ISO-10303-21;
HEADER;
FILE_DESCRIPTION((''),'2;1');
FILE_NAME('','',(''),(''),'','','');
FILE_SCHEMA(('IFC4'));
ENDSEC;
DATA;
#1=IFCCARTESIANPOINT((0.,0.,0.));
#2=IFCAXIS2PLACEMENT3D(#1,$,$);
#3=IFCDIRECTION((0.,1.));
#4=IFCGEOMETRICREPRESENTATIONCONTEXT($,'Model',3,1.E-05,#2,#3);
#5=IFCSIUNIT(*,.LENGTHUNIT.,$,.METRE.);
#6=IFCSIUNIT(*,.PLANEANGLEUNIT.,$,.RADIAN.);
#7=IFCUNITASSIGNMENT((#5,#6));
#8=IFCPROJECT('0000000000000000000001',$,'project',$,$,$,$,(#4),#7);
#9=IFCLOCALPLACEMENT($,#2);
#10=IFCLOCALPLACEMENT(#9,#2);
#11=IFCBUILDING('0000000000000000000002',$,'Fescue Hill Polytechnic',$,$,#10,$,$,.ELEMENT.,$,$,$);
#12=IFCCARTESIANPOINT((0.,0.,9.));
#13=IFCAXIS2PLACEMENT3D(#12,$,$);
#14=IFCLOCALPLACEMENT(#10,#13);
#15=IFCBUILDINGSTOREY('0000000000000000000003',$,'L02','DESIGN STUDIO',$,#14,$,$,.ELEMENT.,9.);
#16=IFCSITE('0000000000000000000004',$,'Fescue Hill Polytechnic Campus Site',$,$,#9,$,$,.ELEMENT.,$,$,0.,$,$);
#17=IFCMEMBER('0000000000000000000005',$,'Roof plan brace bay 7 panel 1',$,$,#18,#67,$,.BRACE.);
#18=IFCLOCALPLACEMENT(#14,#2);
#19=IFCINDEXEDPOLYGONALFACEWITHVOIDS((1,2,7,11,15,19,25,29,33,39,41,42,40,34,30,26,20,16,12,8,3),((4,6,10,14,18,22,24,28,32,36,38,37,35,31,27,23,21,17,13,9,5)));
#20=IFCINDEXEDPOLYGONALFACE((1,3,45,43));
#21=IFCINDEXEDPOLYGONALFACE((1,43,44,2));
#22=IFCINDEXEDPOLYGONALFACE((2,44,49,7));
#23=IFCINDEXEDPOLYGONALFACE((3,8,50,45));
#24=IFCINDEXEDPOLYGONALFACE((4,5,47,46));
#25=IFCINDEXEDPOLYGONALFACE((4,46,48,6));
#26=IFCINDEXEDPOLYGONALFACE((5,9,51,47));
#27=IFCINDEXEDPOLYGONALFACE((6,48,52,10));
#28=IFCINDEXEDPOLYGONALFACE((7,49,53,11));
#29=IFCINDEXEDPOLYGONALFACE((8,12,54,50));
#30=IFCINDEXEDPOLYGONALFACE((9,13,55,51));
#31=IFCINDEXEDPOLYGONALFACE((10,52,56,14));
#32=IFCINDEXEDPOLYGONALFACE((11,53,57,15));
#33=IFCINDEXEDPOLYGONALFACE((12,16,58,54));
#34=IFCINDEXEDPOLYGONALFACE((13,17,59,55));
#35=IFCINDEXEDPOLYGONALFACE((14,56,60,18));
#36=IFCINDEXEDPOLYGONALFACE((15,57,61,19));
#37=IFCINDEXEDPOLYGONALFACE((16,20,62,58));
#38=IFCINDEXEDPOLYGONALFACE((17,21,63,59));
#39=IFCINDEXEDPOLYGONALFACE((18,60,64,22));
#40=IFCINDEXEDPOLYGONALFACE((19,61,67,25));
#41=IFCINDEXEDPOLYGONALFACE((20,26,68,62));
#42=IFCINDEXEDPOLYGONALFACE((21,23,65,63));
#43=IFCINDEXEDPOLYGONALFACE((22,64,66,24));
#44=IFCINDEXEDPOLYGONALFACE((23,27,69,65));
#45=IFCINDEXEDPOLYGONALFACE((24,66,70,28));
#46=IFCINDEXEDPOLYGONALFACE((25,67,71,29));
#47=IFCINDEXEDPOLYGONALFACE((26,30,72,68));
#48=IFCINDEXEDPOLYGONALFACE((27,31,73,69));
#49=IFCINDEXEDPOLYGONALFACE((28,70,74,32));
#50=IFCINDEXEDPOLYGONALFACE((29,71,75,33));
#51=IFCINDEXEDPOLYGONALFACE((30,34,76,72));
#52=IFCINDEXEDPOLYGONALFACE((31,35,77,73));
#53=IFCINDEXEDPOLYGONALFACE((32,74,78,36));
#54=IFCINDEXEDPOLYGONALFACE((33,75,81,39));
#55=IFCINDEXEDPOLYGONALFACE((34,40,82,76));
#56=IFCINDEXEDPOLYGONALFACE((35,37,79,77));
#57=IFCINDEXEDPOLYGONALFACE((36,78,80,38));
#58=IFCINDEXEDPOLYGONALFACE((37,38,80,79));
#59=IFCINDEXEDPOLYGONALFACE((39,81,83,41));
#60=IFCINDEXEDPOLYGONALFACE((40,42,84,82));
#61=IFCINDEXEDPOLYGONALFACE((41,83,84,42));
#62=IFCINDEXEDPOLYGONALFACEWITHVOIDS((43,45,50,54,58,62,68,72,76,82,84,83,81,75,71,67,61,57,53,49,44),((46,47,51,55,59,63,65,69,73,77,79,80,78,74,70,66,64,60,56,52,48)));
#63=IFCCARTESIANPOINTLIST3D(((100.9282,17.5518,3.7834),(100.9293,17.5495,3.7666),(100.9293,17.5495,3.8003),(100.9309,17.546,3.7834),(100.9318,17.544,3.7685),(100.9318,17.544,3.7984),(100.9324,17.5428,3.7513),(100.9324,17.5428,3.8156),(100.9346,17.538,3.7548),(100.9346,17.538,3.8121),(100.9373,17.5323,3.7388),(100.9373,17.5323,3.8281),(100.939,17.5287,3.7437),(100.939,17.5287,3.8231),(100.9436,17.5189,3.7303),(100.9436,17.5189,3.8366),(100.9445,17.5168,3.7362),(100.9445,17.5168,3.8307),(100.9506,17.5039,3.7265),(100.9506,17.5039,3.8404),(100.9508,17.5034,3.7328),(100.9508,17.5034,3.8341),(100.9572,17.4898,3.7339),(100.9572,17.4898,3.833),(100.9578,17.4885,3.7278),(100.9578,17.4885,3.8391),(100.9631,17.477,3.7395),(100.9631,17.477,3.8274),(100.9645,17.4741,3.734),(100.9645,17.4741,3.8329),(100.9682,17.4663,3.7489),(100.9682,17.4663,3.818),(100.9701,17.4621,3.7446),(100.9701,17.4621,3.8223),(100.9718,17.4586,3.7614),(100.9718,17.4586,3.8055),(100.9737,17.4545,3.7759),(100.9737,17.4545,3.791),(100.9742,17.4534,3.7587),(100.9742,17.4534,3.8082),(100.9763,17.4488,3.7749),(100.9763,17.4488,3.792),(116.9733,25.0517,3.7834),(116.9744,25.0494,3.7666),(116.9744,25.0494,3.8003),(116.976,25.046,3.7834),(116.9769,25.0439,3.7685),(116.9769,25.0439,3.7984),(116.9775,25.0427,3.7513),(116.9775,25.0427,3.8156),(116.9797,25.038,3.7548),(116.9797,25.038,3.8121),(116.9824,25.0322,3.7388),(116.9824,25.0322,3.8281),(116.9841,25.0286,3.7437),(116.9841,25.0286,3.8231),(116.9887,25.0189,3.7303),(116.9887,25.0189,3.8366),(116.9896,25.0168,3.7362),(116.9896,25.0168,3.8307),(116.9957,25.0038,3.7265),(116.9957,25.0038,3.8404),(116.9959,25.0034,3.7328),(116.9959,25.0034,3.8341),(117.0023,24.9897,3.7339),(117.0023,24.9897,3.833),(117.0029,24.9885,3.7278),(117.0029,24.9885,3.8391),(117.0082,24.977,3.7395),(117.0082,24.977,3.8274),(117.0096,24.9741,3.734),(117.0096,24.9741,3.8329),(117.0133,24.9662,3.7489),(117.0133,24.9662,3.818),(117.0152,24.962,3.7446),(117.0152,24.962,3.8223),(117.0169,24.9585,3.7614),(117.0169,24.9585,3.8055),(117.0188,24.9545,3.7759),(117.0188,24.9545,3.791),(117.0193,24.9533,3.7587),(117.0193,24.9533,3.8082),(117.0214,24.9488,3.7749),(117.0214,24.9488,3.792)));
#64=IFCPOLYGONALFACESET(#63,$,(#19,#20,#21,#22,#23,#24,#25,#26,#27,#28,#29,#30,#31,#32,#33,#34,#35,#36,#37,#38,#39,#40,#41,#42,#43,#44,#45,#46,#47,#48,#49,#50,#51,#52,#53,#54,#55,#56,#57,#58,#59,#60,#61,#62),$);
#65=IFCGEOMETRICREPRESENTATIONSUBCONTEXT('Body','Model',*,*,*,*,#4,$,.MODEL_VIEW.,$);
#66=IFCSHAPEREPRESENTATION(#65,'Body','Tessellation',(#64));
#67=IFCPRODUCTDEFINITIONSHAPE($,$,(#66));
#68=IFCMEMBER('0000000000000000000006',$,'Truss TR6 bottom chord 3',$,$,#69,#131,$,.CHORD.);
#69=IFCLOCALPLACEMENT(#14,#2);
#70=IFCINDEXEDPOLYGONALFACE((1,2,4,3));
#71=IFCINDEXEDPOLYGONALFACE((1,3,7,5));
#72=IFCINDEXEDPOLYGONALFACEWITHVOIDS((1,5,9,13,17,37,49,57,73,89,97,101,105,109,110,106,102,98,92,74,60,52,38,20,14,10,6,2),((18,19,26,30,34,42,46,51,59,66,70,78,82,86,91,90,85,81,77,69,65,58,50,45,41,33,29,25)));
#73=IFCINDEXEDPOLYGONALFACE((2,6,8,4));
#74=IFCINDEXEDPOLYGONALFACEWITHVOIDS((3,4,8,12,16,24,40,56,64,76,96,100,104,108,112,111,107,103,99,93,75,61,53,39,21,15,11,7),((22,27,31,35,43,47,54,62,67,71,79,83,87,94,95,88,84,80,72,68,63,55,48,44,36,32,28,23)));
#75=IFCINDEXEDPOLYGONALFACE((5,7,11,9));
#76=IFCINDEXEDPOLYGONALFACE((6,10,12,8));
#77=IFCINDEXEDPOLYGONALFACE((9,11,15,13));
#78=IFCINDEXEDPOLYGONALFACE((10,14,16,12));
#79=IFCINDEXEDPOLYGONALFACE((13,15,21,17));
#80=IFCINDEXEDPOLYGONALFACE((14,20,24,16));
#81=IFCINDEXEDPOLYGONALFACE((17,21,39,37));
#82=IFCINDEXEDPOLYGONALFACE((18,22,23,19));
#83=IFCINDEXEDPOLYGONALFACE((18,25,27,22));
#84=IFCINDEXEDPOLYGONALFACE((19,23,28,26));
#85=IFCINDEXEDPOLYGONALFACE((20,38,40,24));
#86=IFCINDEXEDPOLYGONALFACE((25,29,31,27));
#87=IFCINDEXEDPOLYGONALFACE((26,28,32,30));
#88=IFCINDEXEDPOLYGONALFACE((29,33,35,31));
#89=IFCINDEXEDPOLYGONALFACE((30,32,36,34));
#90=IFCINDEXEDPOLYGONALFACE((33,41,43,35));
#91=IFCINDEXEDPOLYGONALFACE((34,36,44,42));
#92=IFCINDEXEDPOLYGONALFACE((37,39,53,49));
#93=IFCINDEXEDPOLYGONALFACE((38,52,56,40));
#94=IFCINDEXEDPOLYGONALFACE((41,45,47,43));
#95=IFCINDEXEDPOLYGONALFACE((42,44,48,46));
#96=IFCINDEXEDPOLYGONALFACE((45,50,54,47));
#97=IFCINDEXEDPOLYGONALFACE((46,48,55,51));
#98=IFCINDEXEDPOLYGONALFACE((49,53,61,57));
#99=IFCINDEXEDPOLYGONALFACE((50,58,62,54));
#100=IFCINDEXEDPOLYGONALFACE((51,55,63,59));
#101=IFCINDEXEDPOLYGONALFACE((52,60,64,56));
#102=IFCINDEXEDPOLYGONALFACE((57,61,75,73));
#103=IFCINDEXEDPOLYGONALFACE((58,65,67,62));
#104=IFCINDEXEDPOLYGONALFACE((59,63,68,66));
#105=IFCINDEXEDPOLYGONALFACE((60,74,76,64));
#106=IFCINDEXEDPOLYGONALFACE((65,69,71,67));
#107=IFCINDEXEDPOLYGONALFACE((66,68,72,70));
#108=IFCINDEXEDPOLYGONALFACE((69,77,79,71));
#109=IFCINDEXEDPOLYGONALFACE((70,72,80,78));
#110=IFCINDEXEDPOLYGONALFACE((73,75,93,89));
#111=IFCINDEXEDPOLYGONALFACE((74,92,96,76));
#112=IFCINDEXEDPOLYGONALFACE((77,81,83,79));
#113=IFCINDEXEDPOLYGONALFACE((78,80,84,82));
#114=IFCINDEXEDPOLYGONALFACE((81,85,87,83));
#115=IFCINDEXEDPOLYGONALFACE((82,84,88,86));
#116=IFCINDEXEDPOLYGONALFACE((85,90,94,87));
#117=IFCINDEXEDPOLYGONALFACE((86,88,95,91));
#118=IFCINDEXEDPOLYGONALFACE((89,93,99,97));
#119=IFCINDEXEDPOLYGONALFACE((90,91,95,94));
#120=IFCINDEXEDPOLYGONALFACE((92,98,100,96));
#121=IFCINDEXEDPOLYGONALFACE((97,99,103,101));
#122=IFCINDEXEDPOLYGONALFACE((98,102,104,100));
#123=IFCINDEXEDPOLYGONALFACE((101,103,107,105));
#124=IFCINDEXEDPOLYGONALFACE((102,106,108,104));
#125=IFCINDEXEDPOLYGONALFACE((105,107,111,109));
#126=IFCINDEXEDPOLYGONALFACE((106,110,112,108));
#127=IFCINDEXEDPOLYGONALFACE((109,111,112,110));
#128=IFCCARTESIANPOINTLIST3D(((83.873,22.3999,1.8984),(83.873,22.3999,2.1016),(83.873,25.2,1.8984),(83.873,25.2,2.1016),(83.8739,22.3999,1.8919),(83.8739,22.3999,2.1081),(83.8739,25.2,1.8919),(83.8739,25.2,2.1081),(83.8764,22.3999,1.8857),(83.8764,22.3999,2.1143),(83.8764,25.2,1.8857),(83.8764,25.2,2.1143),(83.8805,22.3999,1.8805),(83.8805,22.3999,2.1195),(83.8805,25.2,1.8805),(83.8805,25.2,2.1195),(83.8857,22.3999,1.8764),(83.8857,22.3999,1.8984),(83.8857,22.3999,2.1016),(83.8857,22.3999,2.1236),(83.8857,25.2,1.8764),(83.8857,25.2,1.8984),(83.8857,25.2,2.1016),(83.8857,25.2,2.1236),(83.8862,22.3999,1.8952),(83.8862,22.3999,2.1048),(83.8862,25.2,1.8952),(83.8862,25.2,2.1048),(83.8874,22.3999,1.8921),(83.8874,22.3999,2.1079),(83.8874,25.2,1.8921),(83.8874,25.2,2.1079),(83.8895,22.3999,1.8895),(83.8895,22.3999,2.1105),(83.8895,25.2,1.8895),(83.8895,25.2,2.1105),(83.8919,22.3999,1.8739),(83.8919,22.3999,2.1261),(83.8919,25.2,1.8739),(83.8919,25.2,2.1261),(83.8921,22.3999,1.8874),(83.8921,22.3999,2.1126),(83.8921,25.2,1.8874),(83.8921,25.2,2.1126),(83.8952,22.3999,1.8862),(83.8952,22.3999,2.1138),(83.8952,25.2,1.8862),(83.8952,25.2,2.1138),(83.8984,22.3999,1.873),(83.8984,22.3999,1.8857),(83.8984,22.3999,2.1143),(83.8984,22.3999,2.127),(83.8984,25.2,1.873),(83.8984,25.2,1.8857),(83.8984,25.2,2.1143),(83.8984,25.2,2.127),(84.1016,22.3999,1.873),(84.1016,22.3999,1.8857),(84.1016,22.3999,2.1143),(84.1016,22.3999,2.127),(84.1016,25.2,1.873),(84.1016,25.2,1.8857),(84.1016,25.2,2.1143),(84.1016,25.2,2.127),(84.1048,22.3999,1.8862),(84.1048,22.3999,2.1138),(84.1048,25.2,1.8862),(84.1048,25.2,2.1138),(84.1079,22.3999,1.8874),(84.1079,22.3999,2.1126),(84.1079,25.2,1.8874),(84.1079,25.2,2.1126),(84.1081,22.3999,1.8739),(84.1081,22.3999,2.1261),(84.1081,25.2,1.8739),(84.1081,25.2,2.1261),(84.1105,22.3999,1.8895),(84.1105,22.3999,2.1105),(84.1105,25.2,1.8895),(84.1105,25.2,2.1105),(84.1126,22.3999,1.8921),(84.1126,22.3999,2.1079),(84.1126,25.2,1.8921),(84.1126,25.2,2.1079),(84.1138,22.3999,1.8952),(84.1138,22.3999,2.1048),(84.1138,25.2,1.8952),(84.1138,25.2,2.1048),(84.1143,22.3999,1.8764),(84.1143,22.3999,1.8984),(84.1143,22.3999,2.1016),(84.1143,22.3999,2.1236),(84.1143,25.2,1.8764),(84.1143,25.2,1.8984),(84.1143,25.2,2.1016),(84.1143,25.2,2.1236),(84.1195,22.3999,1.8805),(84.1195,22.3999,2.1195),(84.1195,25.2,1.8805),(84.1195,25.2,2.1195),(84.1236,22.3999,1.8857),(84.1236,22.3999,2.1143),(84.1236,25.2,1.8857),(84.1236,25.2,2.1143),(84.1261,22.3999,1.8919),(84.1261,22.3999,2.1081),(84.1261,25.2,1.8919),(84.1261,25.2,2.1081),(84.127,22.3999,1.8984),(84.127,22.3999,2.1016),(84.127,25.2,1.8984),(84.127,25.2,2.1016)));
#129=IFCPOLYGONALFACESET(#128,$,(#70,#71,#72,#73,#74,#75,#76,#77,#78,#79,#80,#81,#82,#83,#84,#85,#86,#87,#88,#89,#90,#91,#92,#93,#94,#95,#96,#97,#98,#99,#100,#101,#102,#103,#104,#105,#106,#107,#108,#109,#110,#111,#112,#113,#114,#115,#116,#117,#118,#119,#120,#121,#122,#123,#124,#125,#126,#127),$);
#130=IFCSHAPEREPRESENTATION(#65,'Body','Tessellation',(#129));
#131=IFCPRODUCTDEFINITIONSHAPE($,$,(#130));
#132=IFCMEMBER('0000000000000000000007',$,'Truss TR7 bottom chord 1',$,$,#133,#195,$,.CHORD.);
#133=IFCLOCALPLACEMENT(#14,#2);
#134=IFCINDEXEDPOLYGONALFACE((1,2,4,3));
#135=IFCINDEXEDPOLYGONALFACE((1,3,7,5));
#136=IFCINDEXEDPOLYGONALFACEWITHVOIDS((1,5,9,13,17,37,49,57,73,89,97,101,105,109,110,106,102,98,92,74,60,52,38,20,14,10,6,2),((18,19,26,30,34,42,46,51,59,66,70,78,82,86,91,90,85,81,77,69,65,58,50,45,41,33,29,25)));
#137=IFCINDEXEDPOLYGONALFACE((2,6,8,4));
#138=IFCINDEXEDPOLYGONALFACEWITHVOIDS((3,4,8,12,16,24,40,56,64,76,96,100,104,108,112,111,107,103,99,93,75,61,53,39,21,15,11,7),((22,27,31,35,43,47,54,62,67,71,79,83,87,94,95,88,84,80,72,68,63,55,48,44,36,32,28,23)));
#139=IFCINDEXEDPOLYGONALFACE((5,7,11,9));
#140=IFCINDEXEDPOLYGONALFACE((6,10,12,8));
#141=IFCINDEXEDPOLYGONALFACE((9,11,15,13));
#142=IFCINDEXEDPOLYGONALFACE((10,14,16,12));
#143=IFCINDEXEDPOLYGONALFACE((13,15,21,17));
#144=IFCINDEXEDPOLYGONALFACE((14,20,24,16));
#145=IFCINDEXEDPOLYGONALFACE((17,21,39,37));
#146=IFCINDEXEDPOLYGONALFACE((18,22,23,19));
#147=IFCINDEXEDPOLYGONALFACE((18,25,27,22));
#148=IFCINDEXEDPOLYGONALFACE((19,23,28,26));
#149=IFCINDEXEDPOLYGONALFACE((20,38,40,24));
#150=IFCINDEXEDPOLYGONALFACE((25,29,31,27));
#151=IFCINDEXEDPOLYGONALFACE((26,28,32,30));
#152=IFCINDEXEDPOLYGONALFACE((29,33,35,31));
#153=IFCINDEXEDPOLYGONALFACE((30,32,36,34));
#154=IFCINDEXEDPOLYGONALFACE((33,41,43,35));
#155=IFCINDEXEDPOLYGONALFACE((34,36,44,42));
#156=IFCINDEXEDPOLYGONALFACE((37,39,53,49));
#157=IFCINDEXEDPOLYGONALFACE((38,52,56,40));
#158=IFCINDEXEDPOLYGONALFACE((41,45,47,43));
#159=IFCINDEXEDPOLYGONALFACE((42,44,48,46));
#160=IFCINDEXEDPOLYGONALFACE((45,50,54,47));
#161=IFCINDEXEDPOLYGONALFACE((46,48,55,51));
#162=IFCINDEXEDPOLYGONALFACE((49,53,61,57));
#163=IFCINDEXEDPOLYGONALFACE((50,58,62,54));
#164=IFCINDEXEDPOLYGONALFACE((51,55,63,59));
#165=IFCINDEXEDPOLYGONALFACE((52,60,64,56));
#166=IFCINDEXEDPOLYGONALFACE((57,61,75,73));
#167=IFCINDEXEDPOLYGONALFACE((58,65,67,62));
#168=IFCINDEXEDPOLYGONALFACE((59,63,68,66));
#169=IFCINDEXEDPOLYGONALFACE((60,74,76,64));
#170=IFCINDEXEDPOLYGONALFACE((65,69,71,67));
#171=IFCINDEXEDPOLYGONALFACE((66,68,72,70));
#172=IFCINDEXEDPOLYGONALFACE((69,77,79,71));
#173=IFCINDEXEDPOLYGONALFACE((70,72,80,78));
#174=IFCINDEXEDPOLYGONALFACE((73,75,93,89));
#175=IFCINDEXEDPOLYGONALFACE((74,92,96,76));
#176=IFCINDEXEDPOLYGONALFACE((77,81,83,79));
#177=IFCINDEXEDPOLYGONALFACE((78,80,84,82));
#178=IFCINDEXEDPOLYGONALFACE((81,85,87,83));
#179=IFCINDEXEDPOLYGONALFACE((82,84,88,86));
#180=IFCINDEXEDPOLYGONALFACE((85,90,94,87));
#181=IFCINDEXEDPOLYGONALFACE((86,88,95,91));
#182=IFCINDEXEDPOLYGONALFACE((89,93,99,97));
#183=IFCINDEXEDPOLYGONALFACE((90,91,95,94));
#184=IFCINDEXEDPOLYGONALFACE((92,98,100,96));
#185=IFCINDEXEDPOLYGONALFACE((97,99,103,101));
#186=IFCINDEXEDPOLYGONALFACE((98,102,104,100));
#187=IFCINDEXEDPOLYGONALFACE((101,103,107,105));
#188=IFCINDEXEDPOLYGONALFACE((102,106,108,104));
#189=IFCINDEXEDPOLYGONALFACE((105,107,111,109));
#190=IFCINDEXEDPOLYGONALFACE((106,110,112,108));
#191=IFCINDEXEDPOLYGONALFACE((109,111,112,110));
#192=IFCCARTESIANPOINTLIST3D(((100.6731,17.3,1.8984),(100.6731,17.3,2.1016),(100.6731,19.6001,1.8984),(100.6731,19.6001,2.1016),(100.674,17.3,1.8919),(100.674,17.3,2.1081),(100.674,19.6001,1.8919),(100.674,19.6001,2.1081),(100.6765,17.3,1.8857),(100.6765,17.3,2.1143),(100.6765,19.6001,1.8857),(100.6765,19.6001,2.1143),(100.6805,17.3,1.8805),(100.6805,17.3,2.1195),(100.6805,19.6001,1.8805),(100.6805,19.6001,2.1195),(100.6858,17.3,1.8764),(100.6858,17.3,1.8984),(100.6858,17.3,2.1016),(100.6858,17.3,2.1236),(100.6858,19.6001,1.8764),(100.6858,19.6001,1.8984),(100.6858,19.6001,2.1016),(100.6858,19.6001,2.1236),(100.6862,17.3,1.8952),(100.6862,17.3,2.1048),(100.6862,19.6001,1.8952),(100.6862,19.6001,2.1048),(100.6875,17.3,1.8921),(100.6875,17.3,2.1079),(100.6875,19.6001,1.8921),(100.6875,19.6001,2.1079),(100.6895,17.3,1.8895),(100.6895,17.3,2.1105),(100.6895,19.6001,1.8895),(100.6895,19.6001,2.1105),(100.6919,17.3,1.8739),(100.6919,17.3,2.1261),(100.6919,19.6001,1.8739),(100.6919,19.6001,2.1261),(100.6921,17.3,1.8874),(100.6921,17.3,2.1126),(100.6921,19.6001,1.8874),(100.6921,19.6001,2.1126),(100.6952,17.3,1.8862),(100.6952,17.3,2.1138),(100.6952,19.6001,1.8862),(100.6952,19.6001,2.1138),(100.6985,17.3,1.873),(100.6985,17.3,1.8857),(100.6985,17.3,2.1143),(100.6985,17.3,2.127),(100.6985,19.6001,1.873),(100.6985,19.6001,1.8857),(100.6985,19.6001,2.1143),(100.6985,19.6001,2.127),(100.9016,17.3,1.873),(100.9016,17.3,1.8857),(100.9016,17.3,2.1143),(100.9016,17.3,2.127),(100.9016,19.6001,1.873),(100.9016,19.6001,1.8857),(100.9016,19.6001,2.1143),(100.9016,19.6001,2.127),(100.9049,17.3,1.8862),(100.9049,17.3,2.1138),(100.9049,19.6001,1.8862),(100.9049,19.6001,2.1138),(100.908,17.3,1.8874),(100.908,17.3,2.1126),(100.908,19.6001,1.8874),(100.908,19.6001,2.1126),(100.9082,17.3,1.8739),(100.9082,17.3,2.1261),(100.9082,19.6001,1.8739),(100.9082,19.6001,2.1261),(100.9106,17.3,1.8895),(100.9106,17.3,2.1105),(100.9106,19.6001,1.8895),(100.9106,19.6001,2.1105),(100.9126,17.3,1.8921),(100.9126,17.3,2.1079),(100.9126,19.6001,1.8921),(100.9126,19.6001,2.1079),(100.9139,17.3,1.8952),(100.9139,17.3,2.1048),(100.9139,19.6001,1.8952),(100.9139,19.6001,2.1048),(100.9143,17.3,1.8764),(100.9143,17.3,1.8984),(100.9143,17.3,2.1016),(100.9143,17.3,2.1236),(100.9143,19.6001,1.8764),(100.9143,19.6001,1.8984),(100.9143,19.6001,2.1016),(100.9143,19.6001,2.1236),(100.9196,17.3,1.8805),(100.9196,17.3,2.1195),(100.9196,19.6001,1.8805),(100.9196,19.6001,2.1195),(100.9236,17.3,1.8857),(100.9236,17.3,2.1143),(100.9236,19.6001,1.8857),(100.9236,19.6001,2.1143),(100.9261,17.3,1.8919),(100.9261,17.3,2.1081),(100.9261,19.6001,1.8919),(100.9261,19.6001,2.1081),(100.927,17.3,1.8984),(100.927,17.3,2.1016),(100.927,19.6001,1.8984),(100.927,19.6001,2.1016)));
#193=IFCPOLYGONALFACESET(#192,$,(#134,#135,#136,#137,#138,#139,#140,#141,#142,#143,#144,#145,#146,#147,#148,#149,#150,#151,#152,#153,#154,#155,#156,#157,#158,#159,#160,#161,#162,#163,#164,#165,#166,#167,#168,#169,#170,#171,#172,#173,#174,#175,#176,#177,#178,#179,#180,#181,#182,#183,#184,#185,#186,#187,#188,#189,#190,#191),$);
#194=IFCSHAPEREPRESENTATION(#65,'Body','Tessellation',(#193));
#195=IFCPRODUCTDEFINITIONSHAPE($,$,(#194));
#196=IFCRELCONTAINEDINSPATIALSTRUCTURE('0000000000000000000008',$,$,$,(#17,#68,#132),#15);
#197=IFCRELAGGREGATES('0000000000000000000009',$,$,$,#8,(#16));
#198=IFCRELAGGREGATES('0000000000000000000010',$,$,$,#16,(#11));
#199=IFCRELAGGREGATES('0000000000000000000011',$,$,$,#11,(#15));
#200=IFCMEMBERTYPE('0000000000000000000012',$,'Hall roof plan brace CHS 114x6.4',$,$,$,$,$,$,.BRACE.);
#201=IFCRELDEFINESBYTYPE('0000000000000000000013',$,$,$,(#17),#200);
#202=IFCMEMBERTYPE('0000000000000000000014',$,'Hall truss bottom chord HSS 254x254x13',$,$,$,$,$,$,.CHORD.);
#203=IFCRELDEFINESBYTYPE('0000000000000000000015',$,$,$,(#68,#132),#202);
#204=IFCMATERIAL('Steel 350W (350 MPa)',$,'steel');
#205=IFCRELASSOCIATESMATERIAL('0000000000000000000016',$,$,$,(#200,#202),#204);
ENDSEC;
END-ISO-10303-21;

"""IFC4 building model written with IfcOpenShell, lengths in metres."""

from ifc_helpers import new_model, si_unit, direction, frame, origin, origin_2d, place, context, subcontext, project, spatial, hollow_rectangle, hollow_circle, extrude, material, material_profile, profile_set, type_object, element, save


model = new_model("IFC4")

# Units and contexts
model_context = context("Model", 3, precision=1e-05, world=origin(), true_north=direction((0.0, 1.0)))
body_context = subcontext(model_context, "Body", "Model", "MODEL_VIEW")
ifc_project = project(units=[si_unit("LENGTHUNIT", "METRE"), si_unit("PLANEANGLEUNIT", "RADIAN")], contexts=[model_context])

# Site, building, storey
site_placement = place(None, origin())
site = spatial("IfcSite", under=ifc_project, at=site_placement, Name="Fescue Hill Polytechnic Campus Site", CompositionType="ELEMENT", RefElevation=0.0)
building_placement = place(site_placement, origin())
building = spatial("IfcBuilding", under=site, at=building_placement, Name="Fescue Hill Polytechnic", CompositionType="ELEMENT")
storey_placement = place(building_placement, frame((0.0, 0.0, 9.0)))
storey = spatial("IfcBuildingStorey", under=building, at=storey_placement, Name="L02", Description="DESIGN STUDIO", CompositionType="ELEMENT", Elevation=9.0)

# Members
ifc_material_1 = material(Name="Steel 350W (350 MPa)", Category="steel")
ifc_material_profile_1 = material_profile(ifc_material_1, hollow_circle(Radius=0.0571, WallThickness=0.0063, at=origin_2d()), Name="Hall roof plan brace CHS 114x6.4")
ifc_profile_set_1 = profile_set([ifc_material_profile_1], Name="Steel 350W (350 MPa)")
member_type_1 = type_object("IfcMemberType", Name="Hall roof plan brace CHS 114x6.4", PredefinedType="BRACE", material=ifc_profile_set_1)
member_1_placement = place(storey_placement, frame((100.9524, 17.5, 3.7834), z_axis=(0.905918, 0.423454, 0.0), x_axis=(-0.423454, 0.905918, 0.0)))
element("IfcMember", 1, at=member_1_placement, inside=storey, type_object=member_type_1, Name="Roof plan brace bay 7 panel 1", PredefinedType="BRACE", context=body_context, shape_type="SweptSolid", body=[
    extrude(hollow_circle(Radius=0.0571, WallThickness=0.0063, at=origin_2d()), origin(), (0.0, 0.0, 1.0), 17.7114),
])
ifc_material_profile_2 = material_profile(ifc_material_1, hollow_rectangle(XDim=0.2539, YDim=0.2539, WallThickness=0.0127, InnerFilletRadius=0.0127, OuterFilletRadius=0.0254, at=origin_2d()), Name="Hall truss bottom chord HSS 254x254x13")
ifc_profile_set_2 = profile_set([ifc_material_profile_2], Name="Steel 350W (350 MPa)")
member_type_2 = type_object("IfcMemberType", Name="Hall truss bottom chord HSS 254x254x13", PredefinedType="CHORD", material=ifc_profile_set_2)
member_2_placement = place(storey_placement, frame((84.0, 22.3999, 2.0), z_axis=(0.0, 1.0, 0.0), x_axis=(-1.0, 0.0, 0.0)))
element("IfcMember", 2, at=member_2_placement, inside=storey, type_object=member_type_2, Name="Truss TR6 bottom chord 3", PredefinedType="CHORD", context=body_context, shape_type="SweptSolid", body=[
    extrude(hollow_rectangle(XDim=0.2539, YDim=0.2539, WallThickness=0.0127, InnerFilletRadius=0.0127, OuterFilletRadius=0.0254, at=origin_2d()), origin(), (0.0, 0.0, 1.0), 2.8),
])
member_3_placement = place(storey_placement, frame((100.8, 17.3, 2.0), z_axis=(0.0, 1.0, 0.0), x_axis=(-1.0, 0.0, 0.0)))
element("IfcMember", 3, at=member_3_placement, inside=storey, type_object=member_type_2, Name="Truss TR7 bottom chord 1", PredefinedType="CHORD", context=body_context, shape_type="SweptSolid", body=[
    extrude(hollow_rectangle(XDim=0.2539, YDim=0.2539, WallThickness=0.0127, InnerFilletRadius=0.0127, OuterFilletRadius=0.0254, at=origin_2d()), origin(), (0.0, 0.0, 1.0), 2.3),
])

save(model, "model.ifc")
